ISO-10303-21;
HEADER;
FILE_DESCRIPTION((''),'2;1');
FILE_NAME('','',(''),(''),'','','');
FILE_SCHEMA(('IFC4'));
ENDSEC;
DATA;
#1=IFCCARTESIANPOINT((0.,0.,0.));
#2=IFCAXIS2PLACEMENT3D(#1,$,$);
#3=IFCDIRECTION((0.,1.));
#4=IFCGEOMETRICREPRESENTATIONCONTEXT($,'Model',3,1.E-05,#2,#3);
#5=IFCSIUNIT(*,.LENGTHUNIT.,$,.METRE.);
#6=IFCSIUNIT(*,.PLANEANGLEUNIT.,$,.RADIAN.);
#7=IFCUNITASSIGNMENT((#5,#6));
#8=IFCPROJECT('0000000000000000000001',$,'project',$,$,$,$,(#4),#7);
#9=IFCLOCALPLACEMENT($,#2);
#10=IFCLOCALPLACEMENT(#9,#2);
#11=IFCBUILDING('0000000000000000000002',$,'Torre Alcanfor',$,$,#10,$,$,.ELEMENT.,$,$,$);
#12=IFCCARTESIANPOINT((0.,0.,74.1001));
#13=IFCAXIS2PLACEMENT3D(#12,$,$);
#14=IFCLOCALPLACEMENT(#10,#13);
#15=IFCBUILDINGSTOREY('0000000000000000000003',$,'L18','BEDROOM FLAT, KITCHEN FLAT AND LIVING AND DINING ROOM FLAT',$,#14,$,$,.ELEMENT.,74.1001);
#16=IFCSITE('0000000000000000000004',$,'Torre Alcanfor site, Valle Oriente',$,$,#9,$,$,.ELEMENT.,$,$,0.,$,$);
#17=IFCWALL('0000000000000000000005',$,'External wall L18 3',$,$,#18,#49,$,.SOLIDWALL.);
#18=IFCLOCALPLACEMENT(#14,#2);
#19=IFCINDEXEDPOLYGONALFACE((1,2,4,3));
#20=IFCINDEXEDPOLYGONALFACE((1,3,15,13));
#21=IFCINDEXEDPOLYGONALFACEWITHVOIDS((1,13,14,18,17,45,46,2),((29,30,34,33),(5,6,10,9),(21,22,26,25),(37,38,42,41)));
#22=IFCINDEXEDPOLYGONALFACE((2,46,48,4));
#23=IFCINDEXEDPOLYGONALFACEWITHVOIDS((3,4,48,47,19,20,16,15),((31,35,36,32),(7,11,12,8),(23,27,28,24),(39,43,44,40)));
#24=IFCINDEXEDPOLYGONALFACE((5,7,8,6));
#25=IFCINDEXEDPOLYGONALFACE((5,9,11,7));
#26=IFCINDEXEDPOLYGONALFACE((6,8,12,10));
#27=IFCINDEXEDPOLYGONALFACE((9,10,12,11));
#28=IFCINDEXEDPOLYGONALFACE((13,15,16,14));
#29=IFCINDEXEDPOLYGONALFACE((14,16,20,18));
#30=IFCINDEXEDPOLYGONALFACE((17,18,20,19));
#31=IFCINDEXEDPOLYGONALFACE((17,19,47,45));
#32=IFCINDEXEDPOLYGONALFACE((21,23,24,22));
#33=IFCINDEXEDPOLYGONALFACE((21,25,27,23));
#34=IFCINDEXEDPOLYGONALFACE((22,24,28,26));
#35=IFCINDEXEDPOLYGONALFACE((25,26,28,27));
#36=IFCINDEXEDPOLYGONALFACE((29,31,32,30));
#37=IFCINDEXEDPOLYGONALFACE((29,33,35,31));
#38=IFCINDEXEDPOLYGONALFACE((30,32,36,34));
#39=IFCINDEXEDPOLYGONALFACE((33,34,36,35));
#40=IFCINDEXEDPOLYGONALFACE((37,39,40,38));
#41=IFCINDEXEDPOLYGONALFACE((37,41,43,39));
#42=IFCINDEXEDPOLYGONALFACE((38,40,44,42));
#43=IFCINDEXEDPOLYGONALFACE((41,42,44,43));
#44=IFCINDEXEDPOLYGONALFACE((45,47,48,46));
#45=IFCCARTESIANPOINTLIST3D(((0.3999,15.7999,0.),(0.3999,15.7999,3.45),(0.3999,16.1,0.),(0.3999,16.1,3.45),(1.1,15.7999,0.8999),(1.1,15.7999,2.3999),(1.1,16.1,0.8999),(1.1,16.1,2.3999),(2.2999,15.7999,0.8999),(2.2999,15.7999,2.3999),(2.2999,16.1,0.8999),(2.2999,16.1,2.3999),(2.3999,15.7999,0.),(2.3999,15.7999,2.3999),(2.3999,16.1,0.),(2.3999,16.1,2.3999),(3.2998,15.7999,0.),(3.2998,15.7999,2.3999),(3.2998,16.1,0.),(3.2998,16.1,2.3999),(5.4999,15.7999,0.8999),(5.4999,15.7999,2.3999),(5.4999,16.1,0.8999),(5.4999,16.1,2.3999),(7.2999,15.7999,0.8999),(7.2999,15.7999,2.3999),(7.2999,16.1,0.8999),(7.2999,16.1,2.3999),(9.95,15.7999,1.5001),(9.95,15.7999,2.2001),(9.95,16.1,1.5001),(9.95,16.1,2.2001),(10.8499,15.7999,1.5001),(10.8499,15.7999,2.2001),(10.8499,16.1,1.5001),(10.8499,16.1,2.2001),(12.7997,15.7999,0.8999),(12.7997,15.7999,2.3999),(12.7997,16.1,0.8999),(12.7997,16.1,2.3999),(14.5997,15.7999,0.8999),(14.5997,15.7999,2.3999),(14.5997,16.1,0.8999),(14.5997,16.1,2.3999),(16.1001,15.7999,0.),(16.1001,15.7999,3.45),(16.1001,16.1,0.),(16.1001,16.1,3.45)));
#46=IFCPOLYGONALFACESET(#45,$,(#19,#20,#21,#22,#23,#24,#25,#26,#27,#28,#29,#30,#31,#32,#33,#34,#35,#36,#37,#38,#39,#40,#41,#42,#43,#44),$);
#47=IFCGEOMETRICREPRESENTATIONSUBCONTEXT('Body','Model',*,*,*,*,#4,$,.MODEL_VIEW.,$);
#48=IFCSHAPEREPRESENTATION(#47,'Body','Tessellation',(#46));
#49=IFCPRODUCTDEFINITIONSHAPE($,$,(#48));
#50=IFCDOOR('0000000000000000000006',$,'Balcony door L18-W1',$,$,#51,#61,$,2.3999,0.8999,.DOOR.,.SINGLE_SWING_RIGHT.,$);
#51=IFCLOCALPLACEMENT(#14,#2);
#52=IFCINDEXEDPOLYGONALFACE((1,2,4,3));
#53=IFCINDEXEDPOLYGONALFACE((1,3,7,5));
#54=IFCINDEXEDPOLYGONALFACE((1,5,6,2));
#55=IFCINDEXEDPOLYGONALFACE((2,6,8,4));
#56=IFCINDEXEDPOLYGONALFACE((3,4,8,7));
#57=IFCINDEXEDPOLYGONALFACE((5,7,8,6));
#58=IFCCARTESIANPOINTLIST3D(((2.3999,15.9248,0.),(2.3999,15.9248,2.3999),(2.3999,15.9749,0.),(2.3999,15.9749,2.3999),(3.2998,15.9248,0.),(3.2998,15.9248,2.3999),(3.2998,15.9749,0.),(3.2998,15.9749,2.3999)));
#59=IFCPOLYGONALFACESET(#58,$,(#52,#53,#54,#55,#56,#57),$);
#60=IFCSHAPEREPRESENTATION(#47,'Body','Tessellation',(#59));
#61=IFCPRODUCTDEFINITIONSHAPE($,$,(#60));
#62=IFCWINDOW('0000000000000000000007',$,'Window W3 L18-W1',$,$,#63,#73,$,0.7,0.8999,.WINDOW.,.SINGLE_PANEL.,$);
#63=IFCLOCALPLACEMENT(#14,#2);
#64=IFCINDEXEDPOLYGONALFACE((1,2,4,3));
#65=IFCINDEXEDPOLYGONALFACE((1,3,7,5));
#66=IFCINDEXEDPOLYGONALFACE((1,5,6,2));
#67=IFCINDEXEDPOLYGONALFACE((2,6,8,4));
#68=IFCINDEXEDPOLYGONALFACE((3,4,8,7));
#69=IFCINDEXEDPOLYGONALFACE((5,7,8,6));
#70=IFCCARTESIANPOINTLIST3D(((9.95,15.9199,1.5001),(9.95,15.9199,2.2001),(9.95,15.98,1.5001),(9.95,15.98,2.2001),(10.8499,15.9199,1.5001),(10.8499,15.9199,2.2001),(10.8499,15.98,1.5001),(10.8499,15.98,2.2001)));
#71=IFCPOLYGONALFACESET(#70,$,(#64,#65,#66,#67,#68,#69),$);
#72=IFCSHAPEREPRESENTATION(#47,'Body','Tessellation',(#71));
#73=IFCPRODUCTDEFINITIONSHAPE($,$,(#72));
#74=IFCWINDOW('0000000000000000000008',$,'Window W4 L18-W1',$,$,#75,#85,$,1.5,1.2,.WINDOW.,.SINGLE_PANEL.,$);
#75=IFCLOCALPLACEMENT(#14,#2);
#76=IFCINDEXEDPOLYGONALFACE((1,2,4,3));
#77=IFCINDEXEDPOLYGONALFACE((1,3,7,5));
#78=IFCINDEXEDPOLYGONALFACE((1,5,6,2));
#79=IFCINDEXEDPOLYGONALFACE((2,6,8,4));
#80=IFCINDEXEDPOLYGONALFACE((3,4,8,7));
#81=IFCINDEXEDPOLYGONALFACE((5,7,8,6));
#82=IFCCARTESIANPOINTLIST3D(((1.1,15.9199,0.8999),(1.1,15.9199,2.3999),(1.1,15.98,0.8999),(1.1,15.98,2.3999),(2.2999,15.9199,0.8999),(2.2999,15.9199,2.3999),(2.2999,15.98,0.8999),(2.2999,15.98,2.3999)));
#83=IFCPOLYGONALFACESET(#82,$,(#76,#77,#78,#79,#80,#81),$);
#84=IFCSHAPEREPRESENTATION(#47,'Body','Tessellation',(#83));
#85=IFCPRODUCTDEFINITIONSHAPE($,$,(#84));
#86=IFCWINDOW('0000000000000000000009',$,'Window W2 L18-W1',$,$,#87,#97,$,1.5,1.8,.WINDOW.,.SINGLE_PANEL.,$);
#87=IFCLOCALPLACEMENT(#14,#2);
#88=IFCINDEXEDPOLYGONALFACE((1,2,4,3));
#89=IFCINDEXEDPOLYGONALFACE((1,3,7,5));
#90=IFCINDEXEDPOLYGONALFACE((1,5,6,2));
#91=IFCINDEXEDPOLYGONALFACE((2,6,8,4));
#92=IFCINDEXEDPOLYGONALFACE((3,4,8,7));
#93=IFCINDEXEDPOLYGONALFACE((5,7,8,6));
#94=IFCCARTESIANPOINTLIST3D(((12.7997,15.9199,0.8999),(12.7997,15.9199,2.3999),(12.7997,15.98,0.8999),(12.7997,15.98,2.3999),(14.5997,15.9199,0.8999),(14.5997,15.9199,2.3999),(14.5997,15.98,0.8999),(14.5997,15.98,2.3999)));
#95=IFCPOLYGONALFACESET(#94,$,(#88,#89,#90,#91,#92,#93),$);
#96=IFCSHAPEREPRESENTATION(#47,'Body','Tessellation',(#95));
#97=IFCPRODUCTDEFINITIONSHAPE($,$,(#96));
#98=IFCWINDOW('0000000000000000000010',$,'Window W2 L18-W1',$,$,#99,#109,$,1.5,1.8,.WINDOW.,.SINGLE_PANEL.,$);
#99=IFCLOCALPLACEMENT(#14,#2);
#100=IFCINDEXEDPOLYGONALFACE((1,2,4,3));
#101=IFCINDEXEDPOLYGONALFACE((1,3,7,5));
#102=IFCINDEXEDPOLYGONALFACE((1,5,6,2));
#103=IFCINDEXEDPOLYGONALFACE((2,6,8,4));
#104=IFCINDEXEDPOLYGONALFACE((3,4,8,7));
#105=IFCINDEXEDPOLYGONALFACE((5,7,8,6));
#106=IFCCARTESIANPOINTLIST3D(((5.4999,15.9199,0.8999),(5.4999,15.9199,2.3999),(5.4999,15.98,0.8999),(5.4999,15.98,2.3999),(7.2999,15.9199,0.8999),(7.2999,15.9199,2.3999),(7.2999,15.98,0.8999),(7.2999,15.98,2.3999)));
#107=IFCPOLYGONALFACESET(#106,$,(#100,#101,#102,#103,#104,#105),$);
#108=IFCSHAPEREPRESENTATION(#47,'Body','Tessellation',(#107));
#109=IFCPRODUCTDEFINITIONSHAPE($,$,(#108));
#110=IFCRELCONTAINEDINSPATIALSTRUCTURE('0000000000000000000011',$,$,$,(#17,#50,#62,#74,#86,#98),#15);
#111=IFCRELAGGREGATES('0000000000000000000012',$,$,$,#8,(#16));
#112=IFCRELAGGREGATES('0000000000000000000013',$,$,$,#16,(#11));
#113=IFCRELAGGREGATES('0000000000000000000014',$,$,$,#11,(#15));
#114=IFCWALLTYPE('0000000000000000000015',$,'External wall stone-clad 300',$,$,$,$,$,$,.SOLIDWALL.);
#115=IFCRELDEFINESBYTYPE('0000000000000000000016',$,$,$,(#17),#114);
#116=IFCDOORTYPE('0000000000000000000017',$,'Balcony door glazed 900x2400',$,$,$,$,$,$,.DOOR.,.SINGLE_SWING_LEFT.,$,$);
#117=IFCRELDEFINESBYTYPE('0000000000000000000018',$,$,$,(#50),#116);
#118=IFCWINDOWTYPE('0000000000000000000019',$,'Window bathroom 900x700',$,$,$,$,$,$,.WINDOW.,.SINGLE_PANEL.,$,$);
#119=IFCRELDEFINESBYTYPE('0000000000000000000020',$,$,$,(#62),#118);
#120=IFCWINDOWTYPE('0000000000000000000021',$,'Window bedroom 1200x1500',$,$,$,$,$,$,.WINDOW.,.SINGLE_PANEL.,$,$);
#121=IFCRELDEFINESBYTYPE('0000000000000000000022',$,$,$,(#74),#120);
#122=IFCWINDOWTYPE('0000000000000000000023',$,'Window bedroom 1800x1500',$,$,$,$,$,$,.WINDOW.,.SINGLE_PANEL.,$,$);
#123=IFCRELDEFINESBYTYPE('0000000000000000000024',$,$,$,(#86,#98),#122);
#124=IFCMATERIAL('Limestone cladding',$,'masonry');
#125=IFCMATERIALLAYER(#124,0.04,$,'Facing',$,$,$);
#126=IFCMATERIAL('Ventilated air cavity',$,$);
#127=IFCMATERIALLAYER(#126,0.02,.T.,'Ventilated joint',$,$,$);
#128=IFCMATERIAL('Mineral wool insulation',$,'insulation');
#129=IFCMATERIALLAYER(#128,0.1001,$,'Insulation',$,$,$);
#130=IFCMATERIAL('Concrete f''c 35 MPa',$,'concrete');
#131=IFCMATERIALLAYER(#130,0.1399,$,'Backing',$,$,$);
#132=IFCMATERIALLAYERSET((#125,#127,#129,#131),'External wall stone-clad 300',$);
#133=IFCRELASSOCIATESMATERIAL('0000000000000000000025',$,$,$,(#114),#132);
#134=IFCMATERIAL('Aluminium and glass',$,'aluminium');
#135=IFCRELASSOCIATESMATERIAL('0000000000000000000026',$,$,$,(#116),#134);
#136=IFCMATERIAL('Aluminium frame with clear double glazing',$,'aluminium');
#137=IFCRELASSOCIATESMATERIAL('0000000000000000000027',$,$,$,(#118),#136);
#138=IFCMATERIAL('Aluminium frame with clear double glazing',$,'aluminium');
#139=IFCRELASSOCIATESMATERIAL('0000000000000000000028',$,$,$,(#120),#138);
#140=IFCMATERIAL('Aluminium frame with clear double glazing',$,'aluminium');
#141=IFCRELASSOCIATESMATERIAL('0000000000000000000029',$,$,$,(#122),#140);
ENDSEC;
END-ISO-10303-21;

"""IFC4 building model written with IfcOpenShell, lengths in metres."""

from ifc_helpers import new_model, si_unit, direction, frame, frame_2d, origin, place, context, subcontext, project, spatial, rectangle, extrude, material, layer, layer_set, type_object, element, fill, save


model = new_model("IFC4")

# Units and contexts
model_context = context("Model", 3, precision=1e-05, world=origin(), true_north=direction((0.0, 1.0)))
body_context = subcontext(model_context, "Body", "Model", "MODEL_VIEW")
ifc_project = project(units=[si_unit("LENGTHUNIT", "METRE"), si_unit("PLANEANGLEUNIT", "RADIAN")], contexts=[model_context])

# Site, building, storey
site_placement = place(None, origin())
site = spatial("IfcSite", under=ifc_project, at=site_placement, Name="Torre Alcanfor site, Valle Oriente", CompositionType="ELEMENT", RefElevation=0.0)
building_placement = place(site_placement, origin())
building = spatial("IfcBuilding", under=site, at=building_placement, Name="Torre Alcanfor", CompositionType="ELEMENT")
storey_placement = place(building_placement, frame((0.0, 0.0, 74.1001)))
storey = spatial("IfcBuildingStorey", under=building, at=storey_placement, Name="L18", Description="BEDROOM FLAT, KITCHEN FLAT AND LIVING AND DINING ROOM FLAT", CompositionType="ELEMENT", Elevation=74.1001)

# Wall, openings, door, windows
ifc_material_1 = material(Name="Limestone cladding", Category="masonry")
ifc_layer_1 = layer(ifc_material_1, 0.04, Name="Facing")
ifc_material_2 = material(Name="Ventilated air cavity")
ifc_layer_2 = layer(ifc_material_2, 0.02, ventilated=True, Name="Ventilated joint")
ifc_material_3 = material(Name="Mineral wool insulation", Category="insulation")
ifc_layer_3 = layer(ifc_material_3, 0.1001, Name="Insulation")
ifc_material_4 = material(Name="Concrete f'c 35 MPa", Category="concrete")
ifc_layer_4 = layer(ifc_material_4, 0.1399, Name="Backing")
ifc_layer_set_1 = layer_set([ifc_layer_1, ifc_layer_2, ifc_layer_3, ifc_layer_4], Name="External wall stone-clad 300")
wall_type_1 = type_object("IfcWallType", Name="External wall stone-clad 300", PredefinedType="SOLIDWALL", material=ifc_layer_set_1)
wall_1_placement = place(storey_placement, frame((0.3999, 15.95, 0.0), z_axis=(0.0, 0.0, 1.0), x_axis=(1.0, 0.0, 0.0)))
wall_1 = element("IfcWall", 1, at=wall_1_placement, inside=storey, type_object=wall_type_1, Name="External wall L18 3", PredefinedType="SOLIDWALL", context=body_context, shape_type="SweptSolid", body=[
    extrude(rectangle(XDim=15.7002, YDim=0.3, at=frame_2d((7.8501, 0.0))), origin(), (0.0, 0.0, 1.0), 3.45),
])
opening_1_placement = place(wall_1_placement, frame((12.3999, 0.0, 0.8999)))
opening_1 = element("IfcOpeningElement", 2, at=opening_1_placement, cuts=wall_1, PredefinedType="OPENING", context=body_context, shape_type="SweptSolid", body=[
    extrude(rectangle(XDim=1.8, YDim=1.5, at=frame_2d((0.8999, 0.75))), frame((0.0, 0.1599, 0.0), z_axis=(0.0, -1.0, 0.0), x_axis=(1.0, 0.0, 0.0)), (0.0, 0.0, 1.0), 0.3201),
])
opening_2_placement = place(wall_1_placement, frame((9.55, 0.0, 1.5)))
opening_2 = element("IfcOpeningElement", 3, at=opening_2_placement, cuts=wall_1, PredefinedType="OPENING", context=body_context, shape_type="SweptSolid", body=[
    extrude(rectangle(XDim=0.8999, YDim=0.7, at=frame_2d((0.45, 0.3501))), frame((0.0, 0.1599, 0.0), z_axis=(0.0, -1.0, 0.0), x_axis=(1.0, 0.0, 0.0)), (0.0, 0.0, 1.0), 0.3201),
])
opening_3_placement = place(wall_1_placement, frame((5.1001, 0.0, 0.8999)))
opening_3 = element("IfcOpeningElement", 4, at=opening_3_placement, cuts=wall_1, PredefinedType="OPENING", context=body_context, shape_type="SweptSolid", body=[
    extrude(rectangle(XDim=1.8, YDim=1.5, at=frame_2d((0.8999, 0.75))), frame((0.0, 0.1599, 0.0), z_axis=(0.0, -1.0, 0.0), x_axis=(1.0, 0.0, 0.0)), (0.0, 0.0, 1.0), 0.3201),
])
opening_4_placement = place(wall_1_placement, frame((2.0, 0.0, 0.0)))
opening_4 = element("IfcOpeningElement", 5, at=opening_4_placement, cuts=wall_1, PredefinedType="OPENING", context=body_context, shape_type="SweptSolid", body=[
    extrude(rectangle(XDim=0.8999, YDim=2.3999, at=frame_2d((0.45, 1.2))), frame((0.0, 0.1599, 0.0), z_axis=(0.0, -1.0, 0.0), x_axis=(1.0, 0.0, 0.0)), (0.0, 0.0, 1.0), 0.3201),
])
opening_5_placement = place(wall_1_placement, frame((0.7, 0.0, 0.8999)))
opening_5 = element("IfcOpeningElement", 6, at=opening_5_placement, cuts=wall_1, PredefinedType="OPENING", context=body_context, shape_type="SweptSolid", body=[
    extrude(rectangle(XDim=1.2, YDim=1.5, at=frame_2d((0.6001, 0.75))), frame((0.0, 0.1599, 0.0), z_axis=(0.0, -1.0, 0.0), x_axis=(1.0, 0.0, 0.0)), (0.0, 0.0, 1.0), 0.3201),
])
ifc_material_5 = material(Name="Aluminium and glass", Category="aluminium")
door_type = type_object("IfcDoorType", Name="Balcony door glazed 900x2400", OperationType="SINGLE_SWING_LEFT", PredefinedType="DOOR", material=ifc_material_5)
door_placement = place(opening_4_placement, origin())
door = element("IfcDoor", 7, at=door_placement, inside=storey, type_object=door_type, Name="Balcony door L18-W1", OperationType="SINGLE_SWING_RIGHT", OverallHeight=2.3999, OverallWidth=0.8999, PredefinedType="DOOR", context=body_context, shape_type="SweptSolid", body=[
    extrude(rectangle(XDim=0.8999, YDim=2.3999, at=frame_2d((0.45, 1.2))), frame((0.0, 0.0249, 0.0), z_axis=(0.0, -1.0, 0.0), x_axis=(1.0, 0.0, 0.0)), (0.0, 0.0, 1.0), 0.05),
])
fill(opening_4, door)
ifc_material_6 = material(Name="Aluminium frame with clear double glazing", Category="aluminium")
window_type_1 = type_object("IfcWindowType", Name="Window bathroom 900x700", PartitioningType="SINGLE_PANEL", PredefinedType="WINDOW", material=ifc_material_6)
window_1_placement = place(opening_2_placement, origin())
window_1 = element("IfcWindow", 8, at=window_1_placement, inside=storey, type_object=window_type_1, Name="Window W3 L18-W1", OverallHeight=0.7, OverallWidth=0.8999, PartitioningType="SINGLE_PANEL", PredefinedType="WINDOW", context=body_context, shape_type="SweptSolid", body=[
    extrude(rectangle(XDim=0.8999, YDim=0.7, at=frame_2d((0.45, 0.3501))), frame((0.0, 0.03, 0.0), z_axis=(0.0, -1.0, 0.0), x_axis=(1.0, 0.0, 0.0)), (0.0, 0.0, 1.0), 0.0601),
])
fill(opening_2, window_1)
ifc_material_7 = material(Name="Aluminium frame with clear double glazing", Category="aluminium")
window_type_2 = type_object("IfcWindowType", Name="Window bedroom 1200x1500", PartitioningType="SINGLE_PANEL", PredefinedType="WINDOW", material=ifc_material_7)
window_2_placement = place(opening_5_placement, origin())
window_2 = element("IfcWindow", 9, at=window_2_placement, inside=storey, type_object=window_type_2, Name="Window W4 L18-W1", OverallHeight=1.5, OverallWidth=1.2, PartitioningType="SINGLE_PANEL", PredefinedType="WINDOW", context=body_context, shape_type="SweptSolid", body=[
    extrude(rectangle(XDim=1.2, YDim=1.5, at=frame_2d((0.6001, 0.75))), frame((0.0, 0.03, 0.0), z_axis=(0.0, -1.0, 0.0), x_axis=(1.0, 0.0, 0.0)), (0.0, 0.0, 1.0), 0.0601),
])
fill(opening_5, window_2)
ifc_material_8 = material(Name="Aluminium frame with clear double glazing", Category="aluminium")
window_type_3 = type_object("IfcWindowType", Name="Window bedroom 1800x1500", PartitioningType="SINGLE_PANEL", PredefinedType="WINDOW", material=ifc_material_8)
window_3_placement = place(opening_1_placement, origin())
window_3 = element("IfcWindow", 10, at=window_3_placement, inside=storey, type_object=window_type_3, Name="Window W2 L18-W1", OverallHeight=1.5, OverallWidth=1.8, PartitioningType="SINGLE_PANEL", PredefinedType="WINDOW", context=body_context, shape_type="SweptSolid", body=[
    extrude(rectangle(XDim=1.8, YDim=1.5, at=frame_2d((0.8999, 0.75))), frame((0.0, 0.03, 0.0), z_axis=(0.0, -1.0, 0.0), x_axis=(1.0, 0.0, 0.0)), (0.0, 0.0, 1.0), 0.0601),
])
fill(opening_1, window_3)
window_4_placement = place(opening_3_placement, origin())
window_4 = element("IfcWindow", 11, at=window_4_placement, inside=storey, type_object=window_type_3, Name="Window W2 L18-W1", OverallHeight=1.5, OverallWidth=1.8, PartitioningType="SINGLE_PANEL", PredefinedType="WINDOW", context=body_context, shape_type="SweptSolid", body=[
    extrude(rectangle(XDim=1.8, YDim=1.5, at=frame_2d((0.8999, 0.75))), frame((0.0, 0.03, 0.0), z_axis=(0.0, -1.0, 0.0), x_axis=(1.0, 0.0, 0.0)), (0.0, 0.0, 1.0), 0.0601),
])
fill(opening_3, window_4)

save(model, "model.ifc")
